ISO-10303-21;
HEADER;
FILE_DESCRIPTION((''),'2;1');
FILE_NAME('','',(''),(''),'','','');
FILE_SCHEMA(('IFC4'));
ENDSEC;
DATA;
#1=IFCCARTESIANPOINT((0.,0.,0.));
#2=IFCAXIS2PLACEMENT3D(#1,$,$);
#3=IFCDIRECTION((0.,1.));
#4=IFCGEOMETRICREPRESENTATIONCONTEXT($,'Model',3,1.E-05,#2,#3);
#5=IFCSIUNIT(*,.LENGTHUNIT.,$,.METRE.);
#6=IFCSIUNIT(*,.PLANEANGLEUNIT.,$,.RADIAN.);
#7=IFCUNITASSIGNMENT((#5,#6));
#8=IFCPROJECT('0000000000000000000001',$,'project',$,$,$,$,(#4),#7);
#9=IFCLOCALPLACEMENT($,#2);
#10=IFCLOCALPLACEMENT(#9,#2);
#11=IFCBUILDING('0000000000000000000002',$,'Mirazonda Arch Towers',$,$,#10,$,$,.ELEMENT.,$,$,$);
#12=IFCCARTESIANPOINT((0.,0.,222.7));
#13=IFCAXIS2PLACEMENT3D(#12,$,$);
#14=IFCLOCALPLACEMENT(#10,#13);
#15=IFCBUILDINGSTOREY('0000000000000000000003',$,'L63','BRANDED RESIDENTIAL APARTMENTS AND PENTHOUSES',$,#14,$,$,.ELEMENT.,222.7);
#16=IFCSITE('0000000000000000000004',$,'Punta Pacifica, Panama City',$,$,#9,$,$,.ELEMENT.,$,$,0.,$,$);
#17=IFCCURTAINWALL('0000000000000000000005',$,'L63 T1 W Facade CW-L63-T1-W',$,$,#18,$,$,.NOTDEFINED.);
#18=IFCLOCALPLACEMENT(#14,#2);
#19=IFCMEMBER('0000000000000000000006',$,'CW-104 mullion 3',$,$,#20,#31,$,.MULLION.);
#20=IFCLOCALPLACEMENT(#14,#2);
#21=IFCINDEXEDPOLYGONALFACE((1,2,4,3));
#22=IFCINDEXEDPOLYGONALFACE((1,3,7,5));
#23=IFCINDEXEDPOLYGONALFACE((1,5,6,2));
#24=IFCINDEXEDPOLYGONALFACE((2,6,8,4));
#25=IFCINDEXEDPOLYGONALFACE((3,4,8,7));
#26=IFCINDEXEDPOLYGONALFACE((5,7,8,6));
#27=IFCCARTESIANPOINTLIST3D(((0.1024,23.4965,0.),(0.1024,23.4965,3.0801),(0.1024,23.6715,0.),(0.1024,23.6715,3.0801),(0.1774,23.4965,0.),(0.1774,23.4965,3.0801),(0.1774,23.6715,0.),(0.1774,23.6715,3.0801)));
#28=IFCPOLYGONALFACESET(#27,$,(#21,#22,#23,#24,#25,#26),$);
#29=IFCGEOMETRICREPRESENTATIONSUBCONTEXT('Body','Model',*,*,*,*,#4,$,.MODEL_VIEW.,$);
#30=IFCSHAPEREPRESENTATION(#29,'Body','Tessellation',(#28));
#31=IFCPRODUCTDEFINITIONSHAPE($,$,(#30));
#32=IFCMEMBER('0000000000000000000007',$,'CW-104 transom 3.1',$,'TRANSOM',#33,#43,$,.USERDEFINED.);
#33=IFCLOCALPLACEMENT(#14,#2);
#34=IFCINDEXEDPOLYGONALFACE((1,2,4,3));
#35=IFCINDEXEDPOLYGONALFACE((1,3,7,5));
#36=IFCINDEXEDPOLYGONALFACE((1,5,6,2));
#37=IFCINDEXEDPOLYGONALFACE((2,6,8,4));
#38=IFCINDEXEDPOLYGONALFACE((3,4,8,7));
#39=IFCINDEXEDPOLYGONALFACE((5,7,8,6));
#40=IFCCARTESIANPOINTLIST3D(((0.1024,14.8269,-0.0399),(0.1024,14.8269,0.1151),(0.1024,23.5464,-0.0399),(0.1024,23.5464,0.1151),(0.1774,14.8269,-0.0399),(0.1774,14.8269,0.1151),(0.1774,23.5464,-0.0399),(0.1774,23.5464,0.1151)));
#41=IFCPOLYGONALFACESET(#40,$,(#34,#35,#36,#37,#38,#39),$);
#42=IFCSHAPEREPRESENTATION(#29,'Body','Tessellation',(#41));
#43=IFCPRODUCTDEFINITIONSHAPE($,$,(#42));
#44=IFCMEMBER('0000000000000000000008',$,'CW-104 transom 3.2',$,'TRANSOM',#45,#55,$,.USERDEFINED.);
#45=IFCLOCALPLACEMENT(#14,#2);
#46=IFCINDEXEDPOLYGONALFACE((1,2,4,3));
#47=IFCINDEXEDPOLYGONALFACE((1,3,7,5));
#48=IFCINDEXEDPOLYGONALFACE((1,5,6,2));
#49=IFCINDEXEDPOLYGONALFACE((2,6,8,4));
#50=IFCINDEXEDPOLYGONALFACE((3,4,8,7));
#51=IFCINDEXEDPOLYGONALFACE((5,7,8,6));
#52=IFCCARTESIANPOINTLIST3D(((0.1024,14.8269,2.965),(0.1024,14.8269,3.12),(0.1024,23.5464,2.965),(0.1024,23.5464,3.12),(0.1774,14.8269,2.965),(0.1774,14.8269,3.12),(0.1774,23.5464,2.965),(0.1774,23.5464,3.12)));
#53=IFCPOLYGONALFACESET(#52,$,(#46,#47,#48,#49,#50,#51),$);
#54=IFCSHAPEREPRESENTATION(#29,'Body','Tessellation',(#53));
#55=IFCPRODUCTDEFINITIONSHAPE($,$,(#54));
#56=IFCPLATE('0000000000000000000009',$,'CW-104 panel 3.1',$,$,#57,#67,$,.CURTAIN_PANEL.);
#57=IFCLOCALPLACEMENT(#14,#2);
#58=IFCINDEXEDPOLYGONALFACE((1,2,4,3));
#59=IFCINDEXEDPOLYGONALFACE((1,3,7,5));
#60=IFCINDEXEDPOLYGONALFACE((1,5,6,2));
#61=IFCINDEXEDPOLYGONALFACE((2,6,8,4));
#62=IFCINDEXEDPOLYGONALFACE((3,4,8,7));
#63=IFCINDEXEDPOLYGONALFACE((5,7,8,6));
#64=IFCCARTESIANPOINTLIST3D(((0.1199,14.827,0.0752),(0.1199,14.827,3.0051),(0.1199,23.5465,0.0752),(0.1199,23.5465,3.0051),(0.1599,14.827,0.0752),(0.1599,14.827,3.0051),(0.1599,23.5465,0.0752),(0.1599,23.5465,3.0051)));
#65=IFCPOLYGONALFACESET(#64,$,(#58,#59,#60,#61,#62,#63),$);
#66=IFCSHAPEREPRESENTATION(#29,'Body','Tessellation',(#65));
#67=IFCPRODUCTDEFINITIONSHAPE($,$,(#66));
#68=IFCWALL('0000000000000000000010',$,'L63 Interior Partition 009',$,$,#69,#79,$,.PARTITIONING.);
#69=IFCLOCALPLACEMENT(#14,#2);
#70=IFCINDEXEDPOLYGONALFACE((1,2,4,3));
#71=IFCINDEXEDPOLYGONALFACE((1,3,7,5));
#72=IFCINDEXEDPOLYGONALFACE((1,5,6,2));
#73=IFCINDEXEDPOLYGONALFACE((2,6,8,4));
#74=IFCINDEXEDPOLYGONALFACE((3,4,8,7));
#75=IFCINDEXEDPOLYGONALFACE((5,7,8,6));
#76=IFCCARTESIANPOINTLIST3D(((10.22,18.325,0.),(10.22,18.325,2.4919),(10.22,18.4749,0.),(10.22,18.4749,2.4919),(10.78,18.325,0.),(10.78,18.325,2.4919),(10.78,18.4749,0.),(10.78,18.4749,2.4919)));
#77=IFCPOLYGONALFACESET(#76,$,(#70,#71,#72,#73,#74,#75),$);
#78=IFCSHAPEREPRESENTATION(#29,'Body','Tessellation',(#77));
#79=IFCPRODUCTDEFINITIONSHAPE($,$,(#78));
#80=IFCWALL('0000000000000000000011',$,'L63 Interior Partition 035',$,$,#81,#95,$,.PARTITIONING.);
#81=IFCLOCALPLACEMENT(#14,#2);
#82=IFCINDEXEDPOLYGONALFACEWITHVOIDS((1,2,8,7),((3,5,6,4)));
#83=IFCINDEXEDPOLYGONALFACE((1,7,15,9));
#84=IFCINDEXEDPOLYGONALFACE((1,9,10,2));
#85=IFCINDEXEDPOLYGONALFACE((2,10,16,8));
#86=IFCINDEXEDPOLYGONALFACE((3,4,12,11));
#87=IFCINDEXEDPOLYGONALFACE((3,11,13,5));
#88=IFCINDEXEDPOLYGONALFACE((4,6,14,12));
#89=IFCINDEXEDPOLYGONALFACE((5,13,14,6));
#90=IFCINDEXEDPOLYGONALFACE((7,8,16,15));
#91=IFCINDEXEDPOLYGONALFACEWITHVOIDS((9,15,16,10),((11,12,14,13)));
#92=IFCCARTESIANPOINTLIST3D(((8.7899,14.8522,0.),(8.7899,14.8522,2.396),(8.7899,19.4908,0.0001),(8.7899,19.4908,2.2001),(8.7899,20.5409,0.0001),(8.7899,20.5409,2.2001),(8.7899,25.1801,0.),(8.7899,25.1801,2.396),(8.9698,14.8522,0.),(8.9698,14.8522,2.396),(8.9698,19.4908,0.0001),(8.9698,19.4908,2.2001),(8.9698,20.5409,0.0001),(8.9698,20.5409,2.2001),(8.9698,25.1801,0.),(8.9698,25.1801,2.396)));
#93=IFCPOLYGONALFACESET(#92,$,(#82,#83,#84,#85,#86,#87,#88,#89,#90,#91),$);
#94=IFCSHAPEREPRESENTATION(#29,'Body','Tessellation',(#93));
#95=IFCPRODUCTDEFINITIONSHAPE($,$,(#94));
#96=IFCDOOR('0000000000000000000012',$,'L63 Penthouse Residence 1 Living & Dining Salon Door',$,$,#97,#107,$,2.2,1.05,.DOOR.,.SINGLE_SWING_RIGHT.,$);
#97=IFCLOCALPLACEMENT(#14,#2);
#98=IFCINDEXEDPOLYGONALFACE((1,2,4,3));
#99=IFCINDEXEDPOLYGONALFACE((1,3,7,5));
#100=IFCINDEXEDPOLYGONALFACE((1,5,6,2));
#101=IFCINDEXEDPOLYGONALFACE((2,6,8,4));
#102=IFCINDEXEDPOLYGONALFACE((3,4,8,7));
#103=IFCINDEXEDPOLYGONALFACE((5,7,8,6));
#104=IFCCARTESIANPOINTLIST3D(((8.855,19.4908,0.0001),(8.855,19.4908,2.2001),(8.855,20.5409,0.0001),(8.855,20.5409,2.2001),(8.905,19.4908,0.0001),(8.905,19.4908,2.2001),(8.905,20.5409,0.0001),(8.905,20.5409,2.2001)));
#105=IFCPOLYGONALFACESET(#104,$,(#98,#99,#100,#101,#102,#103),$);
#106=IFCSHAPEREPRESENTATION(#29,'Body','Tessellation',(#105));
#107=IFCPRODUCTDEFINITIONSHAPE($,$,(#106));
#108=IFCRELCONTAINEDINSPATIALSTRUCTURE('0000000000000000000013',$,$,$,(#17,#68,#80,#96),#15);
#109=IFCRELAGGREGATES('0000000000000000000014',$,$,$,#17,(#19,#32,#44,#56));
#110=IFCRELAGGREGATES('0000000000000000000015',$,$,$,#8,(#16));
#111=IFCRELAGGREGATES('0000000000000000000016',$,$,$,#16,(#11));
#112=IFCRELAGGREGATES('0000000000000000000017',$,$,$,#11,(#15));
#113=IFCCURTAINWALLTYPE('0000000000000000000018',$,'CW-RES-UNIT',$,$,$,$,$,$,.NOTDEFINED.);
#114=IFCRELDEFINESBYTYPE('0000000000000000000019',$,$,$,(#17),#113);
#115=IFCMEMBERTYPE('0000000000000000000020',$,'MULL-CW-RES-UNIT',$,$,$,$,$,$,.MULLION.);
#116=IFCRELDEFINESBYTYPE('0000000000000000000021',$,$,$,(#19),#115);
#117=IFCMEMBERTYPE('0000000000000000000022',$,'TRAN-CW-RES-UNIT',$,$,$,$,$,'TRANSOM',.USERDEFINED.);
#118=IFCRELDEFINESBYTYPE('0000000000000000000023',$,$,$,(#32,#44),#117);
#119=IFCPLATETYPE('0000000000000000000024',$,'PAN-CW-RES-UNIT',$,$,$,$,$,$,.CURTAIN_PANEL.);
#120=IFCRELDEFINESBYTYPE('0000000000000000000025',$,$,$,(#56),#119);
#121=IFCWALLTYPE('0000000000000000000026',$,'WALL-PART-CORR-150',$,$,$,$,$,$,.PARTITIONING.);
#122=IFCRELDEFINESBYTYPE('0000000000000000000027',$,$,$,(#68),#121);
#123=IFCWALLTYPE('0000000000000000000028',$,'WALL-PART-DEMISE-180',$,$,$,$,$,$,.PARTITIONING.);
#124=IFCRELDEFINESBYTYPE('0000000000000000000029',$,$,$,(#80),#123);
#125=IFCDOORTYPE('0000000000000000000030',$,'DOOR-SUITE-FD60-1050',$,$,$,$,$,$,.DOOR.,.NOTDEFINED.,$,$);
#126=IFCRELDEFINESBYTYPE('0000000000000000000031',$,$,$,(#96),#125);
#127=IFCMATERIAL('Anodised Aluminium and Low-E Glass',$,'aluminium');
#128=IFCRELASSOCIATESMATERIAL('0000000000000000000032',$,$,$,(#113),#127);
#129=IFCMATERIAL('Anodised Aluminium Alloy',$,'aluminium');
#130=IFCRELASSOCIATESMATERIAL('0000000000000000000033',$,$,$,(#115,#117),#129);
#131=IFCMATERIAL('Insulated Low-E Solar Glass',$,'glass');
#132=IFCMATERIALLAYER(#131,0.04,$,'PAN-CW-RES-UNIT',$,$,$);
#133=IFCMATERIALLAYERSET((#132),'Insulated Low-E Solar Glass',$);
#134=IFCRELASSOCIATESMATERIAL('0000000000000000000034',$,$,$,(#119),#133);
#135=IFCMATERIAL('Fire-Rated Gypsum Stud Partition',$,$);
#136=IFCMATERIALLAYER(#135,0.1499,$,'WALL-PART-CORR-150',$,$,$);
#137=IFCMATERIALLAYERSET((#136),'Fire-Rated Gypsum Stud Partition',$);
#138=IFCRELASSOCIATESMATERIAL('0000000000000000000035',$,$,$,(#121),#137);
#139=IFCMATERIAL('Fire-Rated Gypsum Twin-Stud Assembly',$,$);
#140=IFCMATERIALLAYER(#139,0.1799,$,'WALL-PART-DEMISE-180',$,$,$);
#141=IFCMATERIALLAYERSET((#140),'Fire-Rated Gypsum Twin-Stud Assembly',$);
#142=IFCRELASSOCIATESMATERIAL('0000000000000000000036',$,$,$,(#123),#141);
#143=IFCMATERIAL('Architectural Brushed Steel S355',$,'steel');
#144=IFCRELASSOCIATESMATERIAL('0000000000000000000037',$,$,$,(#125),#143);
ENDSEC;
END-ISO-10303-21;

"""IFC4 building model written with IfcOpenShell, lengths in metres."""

from ifc_helpers import new_model, si_unit, direction, frame, frame_2d, origin, origin_2d, place, context, subcontext, project, spatial, rectangle, extrude, material, layer, layer_set, material_profile, profile_set, type_object, element, fill, aggregate, save


model = new_model("IFC4")

# Units and contexts
model_context = context("Model", 3, precision=1e-05, world=origin(), true_north=direction((0.0, 1.0)))
body_context = subcontext(model_context, "Body", "Model", "MODEL_VIEW")
ifc_project = project(units=[si_unit("LENGTHUNIT", "METRE"), si_unit("PLANEANGLEUNIT", "RADIAN")], contexts=[model_context])

# Site, building, storey
site_placement = place(None, origin())
site = spatial("IfcSite", under=ifc_project, at=site_placement, Name="Punta Pacifica, Panama City", CompositionType="ELEMENT", RefElevation=0.0)
building_placement = place(site_placement, origin())
building = spatial("IfcBuilding", under=site, at=building_placement, Name="Mirazonda Arch Towers", CompositionType="ELEMENT")
storey_placement = place(building_placement, frame((0.0, 0.0, 222.7)))
storey = spatial("IfcBuildingStorey", under=building, at=storey_placement, Name="L63", Description="BRANDED RESIDENTIAL APARTMENTS AND PENTHOUSES", CompositionType="ELEMENT", Elevation=222.7)

# Curtain wall, members, plate
ifc_material_1 = material(Name="Anodised Aluminium and Low-E Glass", Category="aluminium")
curtain_wall_type = type_object("IfcCurtainWallType", Name="CW-RES-UNIT", PredefinedType="NOTDEFINED", material=ifc_material_1)
curtain_wall_placement = place(storey_placement, origin())
curtain_wall = element("IfcCurtainWall", 1, at=curtain_wall_placement, inside=storey, type_object=curtain_wall_type, Name="L63 T1 W Facade CW-L63-T1-W", PredefinedType="NOTDEFINED")
ifc_material_2 = material(Name="Anodised Aluminium Alloy", Category="aluminium")
ifc_material_profile_1 = material_profile(ifc_material_2, rectangle(XDim=0.075, YDim=0.175, at=origin_2d()), Name="ALU-MULL-75x175")
ifc_profile_set_1 = profile_set([ifc_material_profile_1], Name="Anodised Aluminium Alloy")
member_type_1 = type_object("IfcMemberType", Name="MULL-CW-RES-UNIT", PredefinedType="MULLION", material=ifc_profile_set_1)
member_1_placement = place(storey_placement, frame((0.1399, 23.584, 0.0), z_axis=(0.0, 0.0, 1.0), x_axis=(1.0, 0.0, 0.0)))
member_1 = element("IfcMember", 2, at=member_1_placement, type_object=member_type_1, Name="CW-104 mullion 3", PredefinedType="MULLION", context=body_context, shape_type="SweptSolid", body=[
    extrude(rectangle(XDim=0.075, YDim=0.175, at=origin_2d()), origin(), (0.0, 0.0, 1.0), 3.0801),
])
ifc_material_profile_2 = material_profile(ifc_material_2, rectangle(XDim=0.075, YDim=0.155, at=origin_2d()), Name="ALU-TRAN-75x155")
ifc_profile_set_2 = profile_set([ifc_material_profile_2], Name="Anodised Aluminium Alloy")
member_type_2 = type_object("IfcMemberType", Name="TRAN-CW-RES-UNIT", ElementType="TRANSOM", PredefinedType="USERDEFINED", material=ifc_profile_set_2)
member_2_placement = place(storey_placement, frame((0.1399, 23.5464, 0.0376), z_axis=(0.0, -1.0, 0.0), x_axis=(1.0, 0.0, 0.0)))
member_2 = element("IfcMember", 3, at=member_2_placement, type_object=member_type_2, Name="CW-104 transom 3.1", ObjectType="TRANSOM", PredefinedType="USERDEFINED", context=body_context, shape_type="SweptSolid", body=[
    extrude(rectangle(XDim=0.075, YDim=0.155, at=origin_2d()), origin(), (0.0, 0.0, 1.0), 8.7195),
])
member_3_placement = place(storey_placement, frame((0.1399, 23.5464, 3.0425), z_axis=(0.0, -1.0, 0.0), x_axis=(1.0, 0.0, 0.0)))
member_3 = element("IfcMember", 4, at=member_3_placement, type_object=member_type_2, Name="CW-104 transom 3.2", ObjectType="TRANSOM", PredefinedType="USERDEFINED", context=body_context, shape_type="SweptSolid", body=[
    extrude(rectangle(XDim=0.075, YDim=0.155, at=origin_2d()), origin(), (0.0, 0.0, 1.0), 8.7195),
])
ifc_material_3 = material(Name="Insulated Low-E Solar Glass", Category="glass")
ifc_layer_1 = layer(ifc_material_3, 0.04, Name="PAN-CW-RES-UNIT")
ifc_layer_set_1 = layer_set([ifc_layer_1], Name="Insulated Low-E Solar Glass")
plate_type = type_object("IfcPlateType", Name="PAN-CW-RES-UNIT", PredefinedType="CURTAIN_PANEL", material=ifc_layer_set_1)
plate_placement = place(storey_placement, frame((0.1399, 19.1868, 0.0752), z_axis=(0.0, 0.0, 1.0), x_axis=(0.0, -1.0, 0.0)))
plate = element("IfcPlate", 5, at=plate_placement, type_object=plate_type, Name="CW-104 panel 3.1", PredefinedType="CURTAIN_PANEL", context=body_context, shape_type="SweptSolid", body=[
    extrude(rectangle(XDim=8.7195, YDim=0.04, at=origin_2d()), origin(), (0.0, 0.0, 1.0), 2.9299),
])
aggregate(curtain_wall, [member_1, member_2, member_3, plate])

# Wall
ifc_material_4 = material(Name="Fire-Rated Gypsum Stud Partition")
ifc_layer_2 = layer(ifc_material_4, 0.1499, Name="WALL-PART-CORR-150")
ifc_layer_set_2 = layer_set([ifc_layer_2], Name="Fire-Rated Gypsum Stud Partition")
wall_type_1 = type_object("IfcWallType", Name="WALL-PART-CORR-150", PredefinedType="PARTITIONING", material=ifc_layer_set_2)
wall_1_placement = place(storey_placement, frame((10.22, 18.3999, 0.0), z_axis=(0.0, 0.0, 1.0), x_axis=(1.0, 0.0, 0.0)))
element("IfcWall", 6, at=wall_1_placement, inside=storey, type_object=wall_type_1, Name="L63 Interior Partition 009", PredefinedType="PARTITIONING", context=body_context, shape_type="SweptSolid", body=[
    extrude(rectangle(XDim=0.5601, YDim=0.1499, at=frame_2d((0.28, 0.0))), origin(), (0.0, 0.0, 1.0), 2.4919),
])

# Wall, opening, door
ifc_material_5 = material(Name="Fire-Rated Gypsum Twin-Stud Assembly")
ifc_layer_3 = layer(ifc_material_5, 0.1799, Name="WALL-PART-DEMISE-180")
ifc_layer_set_3 = layer_set([ifc_layer_3], Name="Fire-Rated Gypsum Twin-Stud Assembly")
wall_type_2 = type_object("IfcWallType", Name="WALL-PART-DEMISE-180", PredefinedType="PARTITIONING", material=ifc_layer_set_3)
wall_2_placement = place(storey_placement, frame((8.8799, 14.8521, 0.0), z_axis=(0.0, 0.0, 1.0), x_axis=(0.0, 1.0, 0.0)))
wall_2 = element("IfcWall", 7, at=wall_2_placement, inside=storey, type_object=wall_type_2, Name="L63 Interior Partition 035", PredefinedType="PARTITIONING", context=body_context, shape_type="SweptSolid", body=[
    extrude(rectangle(XDim=10.3279, YDim=0.1799, at=frame_2d((5.1641, 0.0))), origin(), (0.0, 0.0, 1.0), 2.396),
])
opening_placement = place(wall_2_placement, frame((4.6389, 0.0, 0.0)))
opening = element("IfcOpeningElement", 8, at=opening_placement, cuts=wall_2, PredefinedType="OPENING", context=body_context, shape_type="SweptSolid", body=[
    extrude(rectangle(XDim=1.05, YDim=2.2, at=frame_2d((0.5249, 1.1001))), frame((0.0, 0.0999, 0.0), z_axis=(0.0, -1.0, 0.0), x_axis=(1.0, 0.0, 0.0)), (0.0, 0.0, 1.0), 0.2),
])
ifc_material_6 = material(Name="Architectural Brushed Steel S355", Category="steel")
door_type = type_object("IfcDoorType", Name="DOOR-SUITE-FD60-1050", OperationType="NOTDEFINED", PredefinedType="DOOR", material=ifc_material_6)
door_placement = place(opening_placement, origin())
door = element("IfcDoor", 9, at=door_placement, inside=storey, type_object=door_type, Name="L63 Penthouse Residence 1 Living & Dining Salon Door", OperationType="SINGLE_SWING_RIGHT", OverallHeight=2.2, OverallWidth=1.05, PredefinedType="DOOR", context=body_context, shape_type="SweptSolid", body=[
    extrude(rectangle(XDim=1.05, YDim=2.2, at=frame_2d((0.5249, 1.1001))), frame((0.0, 0.0249, 0.0), z_axis=(0.0, -1.0, 0.0), x_axis=(1.0, 0.0, 0.0)), (0.0, 0.0, 1.0), 0.05),
])
fill(opening, door)

save(model, "model.ifc")
